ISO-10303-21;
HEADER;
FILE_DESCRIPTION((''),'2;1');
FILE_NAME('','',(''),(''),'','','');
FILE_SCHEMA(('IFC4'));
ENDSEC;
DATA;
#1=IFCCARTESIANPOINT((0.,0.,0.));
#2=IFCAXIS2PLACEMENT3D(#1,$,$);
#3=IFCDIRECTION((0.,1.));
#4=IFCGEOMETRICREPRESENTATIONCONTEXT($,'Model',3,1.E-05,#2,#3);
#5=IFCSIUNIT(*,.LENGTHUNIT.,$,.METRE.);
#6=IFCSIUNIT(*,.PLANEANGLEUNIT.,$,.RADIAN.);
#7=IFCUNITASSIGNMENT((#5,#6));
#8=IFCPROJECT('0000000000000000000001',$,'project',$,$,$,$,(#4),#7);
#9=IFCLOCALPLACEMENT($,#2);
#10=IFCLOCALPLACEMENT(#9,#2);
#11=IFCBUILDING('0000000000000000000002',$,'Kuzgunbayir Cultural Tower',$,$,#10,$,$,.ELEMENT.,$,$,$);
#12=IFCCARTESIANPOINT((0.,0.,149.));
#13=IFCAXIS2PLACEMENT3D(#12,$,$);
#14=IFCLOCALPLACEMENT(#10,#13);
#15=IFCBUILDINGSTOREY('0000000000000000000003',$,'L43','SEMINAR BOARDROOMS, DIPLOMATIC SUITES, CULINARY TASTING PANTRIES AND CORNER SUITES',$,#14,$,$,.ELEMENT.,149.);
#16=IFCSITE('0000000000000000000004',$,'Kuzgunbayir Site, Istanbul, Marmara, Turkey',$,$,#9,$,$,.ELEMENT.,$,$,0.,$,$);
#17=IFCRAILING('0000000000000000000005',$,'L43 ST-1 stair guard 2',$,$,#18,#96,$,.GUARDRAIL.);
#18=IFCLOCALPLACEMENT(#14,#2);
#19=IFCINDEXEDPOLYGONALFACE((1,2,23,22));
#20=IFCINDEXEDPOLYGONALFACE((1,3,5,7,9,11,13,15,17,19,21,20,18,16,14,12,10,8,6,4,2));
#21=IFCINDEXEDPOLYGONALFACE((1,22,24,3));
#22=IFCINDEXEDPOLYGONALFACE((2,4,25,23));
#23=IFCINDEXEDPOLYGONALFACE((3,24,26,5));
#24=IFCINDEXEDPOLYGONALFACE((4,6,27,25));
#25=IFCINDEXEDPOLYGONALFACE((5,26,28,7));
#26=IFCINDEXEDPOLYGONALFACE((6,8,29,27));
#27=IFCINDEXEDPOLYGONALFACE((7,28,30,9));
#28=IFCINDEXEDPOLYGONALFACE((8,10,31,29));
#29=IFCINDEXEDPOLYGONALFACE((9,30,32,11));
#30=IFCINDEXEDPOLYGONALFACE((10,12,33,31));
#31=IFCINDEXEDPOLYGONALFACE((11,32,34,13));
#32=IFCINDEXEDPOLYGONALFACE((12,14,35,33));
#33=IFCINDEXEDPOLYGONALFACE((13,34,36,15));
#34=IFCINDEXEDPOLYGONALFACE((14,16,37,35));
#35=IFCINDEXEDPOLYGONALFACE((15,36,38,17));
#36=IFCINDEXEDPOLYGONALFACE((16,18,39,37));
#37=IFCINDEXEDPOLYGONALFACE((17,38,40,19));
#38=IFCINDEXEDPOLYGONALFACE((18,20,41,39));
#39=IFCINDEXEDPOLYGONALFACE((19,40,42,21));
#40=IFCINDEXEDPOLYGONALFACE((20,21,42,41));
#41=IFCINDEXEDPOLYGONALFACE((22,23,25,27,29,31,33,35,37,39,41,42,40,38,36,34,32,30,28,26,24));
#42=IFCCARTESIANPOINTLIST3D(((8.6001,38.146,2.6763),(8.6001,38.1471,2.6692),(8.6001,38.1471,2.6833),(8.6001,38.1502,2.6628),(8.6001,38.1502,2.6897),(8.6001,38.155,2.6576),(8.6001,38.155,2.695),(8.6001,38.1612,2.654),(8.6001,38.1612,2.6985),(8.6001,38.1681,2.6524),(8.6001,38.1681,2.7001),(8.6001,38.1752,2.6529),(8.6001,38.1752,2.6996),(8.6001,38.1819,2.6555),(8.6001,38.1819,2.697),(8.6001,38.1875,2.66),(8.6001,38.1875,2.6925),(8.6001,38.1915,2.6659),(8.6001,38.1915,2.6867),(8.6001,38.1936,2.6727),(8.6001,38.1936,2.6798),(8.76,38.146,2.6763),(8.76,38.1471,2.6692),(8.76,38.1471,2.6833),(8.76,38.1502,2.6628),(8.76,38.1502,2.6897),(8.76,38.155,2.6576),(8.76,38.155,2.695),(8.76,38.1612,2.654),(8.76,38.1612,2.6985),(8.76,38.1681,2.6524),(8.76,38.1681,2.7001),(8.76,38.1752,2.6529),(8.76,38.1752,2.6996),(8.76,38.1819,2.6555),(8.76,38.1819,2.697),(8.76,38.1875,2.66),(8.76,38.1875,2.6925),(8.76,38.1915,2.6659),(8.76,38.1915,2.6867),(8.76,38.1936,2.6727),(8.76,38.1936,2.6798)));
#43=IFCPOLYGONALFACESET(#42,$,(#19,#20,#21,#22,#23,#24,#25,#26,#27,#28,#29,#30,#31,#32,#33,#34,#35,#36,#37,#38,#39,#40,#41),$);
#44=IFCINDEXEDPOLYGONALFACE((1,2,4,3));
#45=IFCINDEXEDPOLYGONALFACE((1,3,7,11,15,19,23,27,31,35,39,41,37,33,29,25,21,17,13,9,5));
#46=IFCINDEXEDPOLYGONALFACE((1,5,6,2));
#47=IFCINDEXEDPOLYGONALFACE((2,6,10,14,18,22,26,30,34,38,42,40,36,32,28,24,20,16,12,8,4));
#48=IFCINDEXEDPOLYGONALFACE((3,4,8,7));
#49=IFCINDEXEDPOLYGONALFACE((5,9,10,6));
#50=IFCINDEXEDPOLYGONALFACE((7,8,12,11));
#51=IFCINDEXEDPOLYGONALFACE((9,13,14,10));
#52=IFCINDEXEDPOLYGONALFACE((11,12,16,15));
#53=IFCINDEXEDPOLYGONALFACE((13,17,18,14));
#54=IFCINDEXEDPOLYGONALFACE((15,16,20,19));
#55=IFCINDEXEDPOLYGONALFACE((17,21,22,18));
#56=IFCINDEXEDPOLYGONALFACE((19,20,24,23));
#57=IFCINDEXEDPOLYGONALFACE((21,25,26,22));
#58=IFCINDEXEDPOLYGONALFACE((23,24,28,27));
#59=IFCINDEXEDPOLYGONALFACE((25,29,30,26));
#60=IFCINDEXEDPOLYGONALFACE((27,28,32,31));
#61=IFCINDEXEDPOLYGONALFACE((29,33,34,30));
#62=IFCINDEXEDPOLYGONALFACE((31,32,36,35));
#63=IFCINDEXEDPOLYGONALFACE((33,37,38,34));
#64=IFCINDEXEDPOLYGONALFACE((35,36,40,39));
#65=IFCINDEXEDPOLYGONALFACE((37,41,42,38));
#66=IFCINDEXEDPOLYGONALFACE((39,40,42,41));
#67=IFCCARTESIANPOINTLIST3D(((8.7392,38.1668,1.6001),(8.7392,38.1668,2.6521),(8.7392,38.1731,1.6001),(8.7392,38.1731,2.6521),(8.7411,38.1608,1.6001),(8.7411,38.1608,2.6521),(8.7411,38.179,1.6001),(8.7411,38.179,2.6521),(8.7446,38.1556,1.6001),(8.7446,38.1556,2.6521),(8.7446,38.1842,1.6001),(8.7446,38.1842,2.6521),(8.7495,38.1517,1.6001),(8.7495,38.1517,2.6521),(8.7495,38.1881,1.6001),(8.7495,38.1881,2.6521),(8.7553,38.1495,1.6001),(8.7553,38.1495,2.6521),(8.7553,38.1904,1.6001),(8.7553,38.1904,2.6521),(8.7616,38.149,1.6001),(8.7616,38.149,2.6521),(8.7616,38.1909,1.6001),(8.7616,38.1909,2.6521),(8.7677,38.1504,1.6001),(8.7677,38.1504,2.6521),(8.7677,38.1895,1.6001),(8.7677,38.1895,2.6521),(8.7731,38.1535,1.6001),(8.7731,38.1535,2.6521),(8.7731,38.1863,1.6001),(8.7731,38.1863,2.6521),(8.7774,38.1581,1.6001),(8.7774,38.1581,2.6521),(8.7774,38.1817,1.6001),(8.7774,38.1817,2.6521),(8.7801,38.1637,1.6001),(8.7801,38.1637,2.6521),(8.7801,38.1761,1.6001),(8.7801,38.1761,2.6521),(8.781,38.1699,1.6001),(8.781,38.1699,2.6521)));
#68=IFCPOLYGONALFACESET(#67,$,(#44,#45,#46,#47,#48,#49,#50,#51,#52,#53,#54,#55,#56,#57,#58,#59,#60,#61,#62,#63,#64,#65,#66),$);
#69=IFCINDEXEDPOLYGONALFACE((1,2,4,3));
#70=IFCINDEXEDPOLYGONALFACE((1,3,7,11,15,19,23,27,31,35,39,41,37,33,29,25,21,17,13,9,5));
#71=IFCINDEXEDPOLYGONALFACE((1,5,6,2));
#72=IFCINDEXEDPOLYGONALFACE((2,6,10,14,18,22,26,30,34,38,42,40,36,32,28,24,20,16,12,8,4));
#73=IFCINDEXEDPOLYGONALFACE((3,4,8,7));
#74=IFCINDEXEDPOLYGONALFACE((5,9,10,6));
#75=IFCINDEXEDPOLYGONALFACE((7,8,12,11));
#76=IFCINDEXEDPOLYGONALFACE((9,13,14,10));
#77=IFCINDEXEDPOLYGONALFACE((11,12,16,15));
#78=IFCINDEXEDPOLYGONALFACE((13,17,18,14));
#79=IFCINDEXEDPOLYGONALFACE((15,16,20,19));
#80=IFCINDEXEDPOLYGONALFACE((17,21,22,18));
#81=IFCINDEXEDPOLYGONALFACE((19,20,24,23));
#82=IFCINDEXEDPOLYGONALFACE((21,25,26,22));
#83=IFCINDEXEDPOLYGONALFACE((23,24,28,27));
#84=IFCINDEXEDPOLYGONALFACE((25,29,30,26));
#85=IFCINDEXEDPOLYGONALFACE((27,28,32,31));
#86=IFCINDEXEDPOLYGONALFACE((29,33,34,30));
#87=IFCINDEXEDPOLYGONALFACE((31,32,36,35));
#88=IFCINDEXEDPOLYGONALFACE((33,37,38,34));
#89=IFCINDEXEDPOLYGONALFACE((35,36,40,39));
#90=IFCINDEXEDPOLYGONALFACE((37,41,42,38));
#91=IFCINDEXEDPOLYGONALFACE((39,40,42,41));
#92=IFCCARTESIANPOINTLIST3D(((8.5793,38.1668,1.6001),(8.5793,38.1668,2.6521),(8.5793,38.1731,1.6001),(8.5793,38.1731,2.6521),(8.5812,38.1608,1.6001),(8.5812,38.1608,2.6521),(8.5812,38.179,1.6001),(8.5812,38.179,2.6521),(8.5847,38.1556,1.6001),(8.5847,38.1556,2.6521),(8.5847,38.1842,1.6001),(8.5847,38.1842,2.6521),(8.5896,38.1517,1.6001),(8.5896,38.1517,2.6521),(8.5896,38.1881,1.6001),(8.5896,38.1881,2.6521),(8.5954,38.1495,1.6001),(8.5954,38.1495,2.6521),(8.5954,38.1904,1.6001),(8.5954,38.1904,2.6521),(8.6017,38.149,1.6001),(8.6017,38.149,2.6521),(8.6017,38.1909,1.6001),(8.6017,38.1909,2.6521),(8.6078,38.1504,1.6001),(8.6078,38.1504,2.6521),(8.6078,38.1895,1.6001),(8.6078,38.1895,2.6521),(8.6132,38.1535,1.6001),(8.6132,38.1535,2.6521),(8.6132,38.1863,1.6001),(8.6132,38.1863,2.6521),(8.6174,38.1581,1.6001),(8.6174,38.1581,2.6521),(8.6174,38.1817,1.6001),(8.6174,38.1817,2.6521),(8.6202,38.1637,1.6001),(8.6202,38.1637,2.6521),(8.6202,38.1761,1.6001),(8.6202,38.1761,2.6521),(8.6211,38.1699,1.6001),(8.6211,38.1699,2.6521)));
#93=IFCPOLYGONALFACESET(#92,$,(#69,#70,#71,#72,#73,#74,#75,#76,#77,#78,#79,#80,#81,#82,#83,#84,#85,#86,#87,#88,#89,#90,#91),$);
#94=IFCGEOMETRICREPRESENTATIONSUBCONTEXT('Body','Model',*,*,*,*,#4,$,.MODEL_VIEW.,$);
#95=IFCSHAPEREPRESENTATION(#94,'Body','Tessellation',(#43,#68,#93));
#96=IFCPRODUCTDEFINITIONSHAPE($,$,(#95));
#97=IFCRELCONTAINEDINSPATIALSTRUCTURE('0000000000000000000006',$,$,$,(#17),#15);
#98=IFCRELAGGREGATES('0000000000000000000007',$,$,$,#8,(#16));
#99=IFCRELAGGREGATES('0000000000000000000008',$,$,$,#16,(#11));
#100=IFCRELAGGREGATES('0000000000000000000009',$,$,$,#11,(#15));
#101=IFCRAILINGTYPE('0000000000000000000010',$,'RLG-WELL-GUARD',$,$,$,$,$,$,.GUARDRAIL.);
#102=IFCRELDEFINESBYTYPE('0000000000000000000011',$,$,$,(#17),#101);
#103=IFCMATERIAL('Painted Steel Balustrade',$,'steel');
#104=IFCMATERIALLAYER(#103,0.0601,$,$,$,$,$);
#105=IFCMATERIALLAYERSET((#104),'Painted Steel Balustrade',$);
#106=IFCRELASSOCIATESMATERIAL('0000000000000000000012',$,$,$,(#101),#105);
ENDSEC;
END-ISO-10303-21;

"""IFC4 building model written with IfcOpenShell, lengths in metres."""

from ifc_helpers import new_model, si_unit, direction, frame, origin, origin_2d, place, context, subcontext, project, spatial, circle, extrude, material, layer, layer_set, type_object, element, save


model = new_model("IFC4")

# Units and contexts
model_context = context("Model", 3, precision=1e-05, world=origin(), true_north=direction((0.0, 1.0)))
body_context = subcontext(model_context, "Body", "Model", "MODEL_VIEW")
ifc_project = project(units=[si_unit("LENGTHUNIT", "METRE"), si_unit("PLANEANGLEUNIT", "RADIAN")], contexts=[model_context])

# Site, building, storey
site_placement = place(None, origin())
site = spatial("IfcSite", under=ifc_project, at=site_placement, Name="Kuzgunbayir Site, Istanbul, Marmara, Turkey", CompositionType="ELEMENT", RefElevation=0.0)
building_placement = place(site_placement, origin())
building = spatial("IfcBuilding", under=site, at=building_placement, Name="Kuzgunbayir Cultural Tower", CompositionType="ELEMENT")
storey_placement = place(building_placement, frame((0.0, 0.0, 149.0)))
storey = spatial("IfcBuildingStorey", under=building, at=storey_placement, Name="L43", Description="SEMINAR BOARDROOMS, DIPLOMATIC SUITES, CULINARY TASTING PANTRIES AND CORNER SUITES", CompositionType="ELEMENT", Elevation=149.0)

# Railing
ifc_material_1 = material(Name="Painted Steel Balustrade", Category="steel")
ifc_layer_1 = layer(ifc_material_1, 0.0601)
ifc_layer_set_1 = layer_set([ifc_layer_1], Name="Painted Steel Balustrade")
railing_type_1 = type_object("IfcRailingType", Name="RLG-WELL-GUARD", PredefinedType="GUARDRAIL", material=ifc_layer_set_1)
railing_1_placement = place(storey_placement, frame((8.76, 38.1699, 1.6001)))
element("IfcRailing", 1, at=railing_1_placement, inside=storey, type_object=railing_type_1, Name="L43 ST-1 stair guard 2", PredefinedType="GUARDRAIL", context=body_context, shape_type="SweptSolid", body=[
    extrude(circle(Radius=0.0239, at=origin_2d()), frame((0.0, 0.0, 1.0762), z_axis=(-1.0, 0.0, 0.0), x_axis=(0.0, -1.0, 0.0)), (0.0, 0.0, 1.0), 0.1599),
    extrude(circle(Radius=0.021, at=origin_2d()), origin(), (0.0, 0.0, 1.0), 1.052),
    extrude(circle(Radius=0.021, at=origin_2d()), frame((-0.1599, 0.0, 0.0)), (0.0, 0.0, 1.0), 1.052),
])

save(model, "model.ifc")
